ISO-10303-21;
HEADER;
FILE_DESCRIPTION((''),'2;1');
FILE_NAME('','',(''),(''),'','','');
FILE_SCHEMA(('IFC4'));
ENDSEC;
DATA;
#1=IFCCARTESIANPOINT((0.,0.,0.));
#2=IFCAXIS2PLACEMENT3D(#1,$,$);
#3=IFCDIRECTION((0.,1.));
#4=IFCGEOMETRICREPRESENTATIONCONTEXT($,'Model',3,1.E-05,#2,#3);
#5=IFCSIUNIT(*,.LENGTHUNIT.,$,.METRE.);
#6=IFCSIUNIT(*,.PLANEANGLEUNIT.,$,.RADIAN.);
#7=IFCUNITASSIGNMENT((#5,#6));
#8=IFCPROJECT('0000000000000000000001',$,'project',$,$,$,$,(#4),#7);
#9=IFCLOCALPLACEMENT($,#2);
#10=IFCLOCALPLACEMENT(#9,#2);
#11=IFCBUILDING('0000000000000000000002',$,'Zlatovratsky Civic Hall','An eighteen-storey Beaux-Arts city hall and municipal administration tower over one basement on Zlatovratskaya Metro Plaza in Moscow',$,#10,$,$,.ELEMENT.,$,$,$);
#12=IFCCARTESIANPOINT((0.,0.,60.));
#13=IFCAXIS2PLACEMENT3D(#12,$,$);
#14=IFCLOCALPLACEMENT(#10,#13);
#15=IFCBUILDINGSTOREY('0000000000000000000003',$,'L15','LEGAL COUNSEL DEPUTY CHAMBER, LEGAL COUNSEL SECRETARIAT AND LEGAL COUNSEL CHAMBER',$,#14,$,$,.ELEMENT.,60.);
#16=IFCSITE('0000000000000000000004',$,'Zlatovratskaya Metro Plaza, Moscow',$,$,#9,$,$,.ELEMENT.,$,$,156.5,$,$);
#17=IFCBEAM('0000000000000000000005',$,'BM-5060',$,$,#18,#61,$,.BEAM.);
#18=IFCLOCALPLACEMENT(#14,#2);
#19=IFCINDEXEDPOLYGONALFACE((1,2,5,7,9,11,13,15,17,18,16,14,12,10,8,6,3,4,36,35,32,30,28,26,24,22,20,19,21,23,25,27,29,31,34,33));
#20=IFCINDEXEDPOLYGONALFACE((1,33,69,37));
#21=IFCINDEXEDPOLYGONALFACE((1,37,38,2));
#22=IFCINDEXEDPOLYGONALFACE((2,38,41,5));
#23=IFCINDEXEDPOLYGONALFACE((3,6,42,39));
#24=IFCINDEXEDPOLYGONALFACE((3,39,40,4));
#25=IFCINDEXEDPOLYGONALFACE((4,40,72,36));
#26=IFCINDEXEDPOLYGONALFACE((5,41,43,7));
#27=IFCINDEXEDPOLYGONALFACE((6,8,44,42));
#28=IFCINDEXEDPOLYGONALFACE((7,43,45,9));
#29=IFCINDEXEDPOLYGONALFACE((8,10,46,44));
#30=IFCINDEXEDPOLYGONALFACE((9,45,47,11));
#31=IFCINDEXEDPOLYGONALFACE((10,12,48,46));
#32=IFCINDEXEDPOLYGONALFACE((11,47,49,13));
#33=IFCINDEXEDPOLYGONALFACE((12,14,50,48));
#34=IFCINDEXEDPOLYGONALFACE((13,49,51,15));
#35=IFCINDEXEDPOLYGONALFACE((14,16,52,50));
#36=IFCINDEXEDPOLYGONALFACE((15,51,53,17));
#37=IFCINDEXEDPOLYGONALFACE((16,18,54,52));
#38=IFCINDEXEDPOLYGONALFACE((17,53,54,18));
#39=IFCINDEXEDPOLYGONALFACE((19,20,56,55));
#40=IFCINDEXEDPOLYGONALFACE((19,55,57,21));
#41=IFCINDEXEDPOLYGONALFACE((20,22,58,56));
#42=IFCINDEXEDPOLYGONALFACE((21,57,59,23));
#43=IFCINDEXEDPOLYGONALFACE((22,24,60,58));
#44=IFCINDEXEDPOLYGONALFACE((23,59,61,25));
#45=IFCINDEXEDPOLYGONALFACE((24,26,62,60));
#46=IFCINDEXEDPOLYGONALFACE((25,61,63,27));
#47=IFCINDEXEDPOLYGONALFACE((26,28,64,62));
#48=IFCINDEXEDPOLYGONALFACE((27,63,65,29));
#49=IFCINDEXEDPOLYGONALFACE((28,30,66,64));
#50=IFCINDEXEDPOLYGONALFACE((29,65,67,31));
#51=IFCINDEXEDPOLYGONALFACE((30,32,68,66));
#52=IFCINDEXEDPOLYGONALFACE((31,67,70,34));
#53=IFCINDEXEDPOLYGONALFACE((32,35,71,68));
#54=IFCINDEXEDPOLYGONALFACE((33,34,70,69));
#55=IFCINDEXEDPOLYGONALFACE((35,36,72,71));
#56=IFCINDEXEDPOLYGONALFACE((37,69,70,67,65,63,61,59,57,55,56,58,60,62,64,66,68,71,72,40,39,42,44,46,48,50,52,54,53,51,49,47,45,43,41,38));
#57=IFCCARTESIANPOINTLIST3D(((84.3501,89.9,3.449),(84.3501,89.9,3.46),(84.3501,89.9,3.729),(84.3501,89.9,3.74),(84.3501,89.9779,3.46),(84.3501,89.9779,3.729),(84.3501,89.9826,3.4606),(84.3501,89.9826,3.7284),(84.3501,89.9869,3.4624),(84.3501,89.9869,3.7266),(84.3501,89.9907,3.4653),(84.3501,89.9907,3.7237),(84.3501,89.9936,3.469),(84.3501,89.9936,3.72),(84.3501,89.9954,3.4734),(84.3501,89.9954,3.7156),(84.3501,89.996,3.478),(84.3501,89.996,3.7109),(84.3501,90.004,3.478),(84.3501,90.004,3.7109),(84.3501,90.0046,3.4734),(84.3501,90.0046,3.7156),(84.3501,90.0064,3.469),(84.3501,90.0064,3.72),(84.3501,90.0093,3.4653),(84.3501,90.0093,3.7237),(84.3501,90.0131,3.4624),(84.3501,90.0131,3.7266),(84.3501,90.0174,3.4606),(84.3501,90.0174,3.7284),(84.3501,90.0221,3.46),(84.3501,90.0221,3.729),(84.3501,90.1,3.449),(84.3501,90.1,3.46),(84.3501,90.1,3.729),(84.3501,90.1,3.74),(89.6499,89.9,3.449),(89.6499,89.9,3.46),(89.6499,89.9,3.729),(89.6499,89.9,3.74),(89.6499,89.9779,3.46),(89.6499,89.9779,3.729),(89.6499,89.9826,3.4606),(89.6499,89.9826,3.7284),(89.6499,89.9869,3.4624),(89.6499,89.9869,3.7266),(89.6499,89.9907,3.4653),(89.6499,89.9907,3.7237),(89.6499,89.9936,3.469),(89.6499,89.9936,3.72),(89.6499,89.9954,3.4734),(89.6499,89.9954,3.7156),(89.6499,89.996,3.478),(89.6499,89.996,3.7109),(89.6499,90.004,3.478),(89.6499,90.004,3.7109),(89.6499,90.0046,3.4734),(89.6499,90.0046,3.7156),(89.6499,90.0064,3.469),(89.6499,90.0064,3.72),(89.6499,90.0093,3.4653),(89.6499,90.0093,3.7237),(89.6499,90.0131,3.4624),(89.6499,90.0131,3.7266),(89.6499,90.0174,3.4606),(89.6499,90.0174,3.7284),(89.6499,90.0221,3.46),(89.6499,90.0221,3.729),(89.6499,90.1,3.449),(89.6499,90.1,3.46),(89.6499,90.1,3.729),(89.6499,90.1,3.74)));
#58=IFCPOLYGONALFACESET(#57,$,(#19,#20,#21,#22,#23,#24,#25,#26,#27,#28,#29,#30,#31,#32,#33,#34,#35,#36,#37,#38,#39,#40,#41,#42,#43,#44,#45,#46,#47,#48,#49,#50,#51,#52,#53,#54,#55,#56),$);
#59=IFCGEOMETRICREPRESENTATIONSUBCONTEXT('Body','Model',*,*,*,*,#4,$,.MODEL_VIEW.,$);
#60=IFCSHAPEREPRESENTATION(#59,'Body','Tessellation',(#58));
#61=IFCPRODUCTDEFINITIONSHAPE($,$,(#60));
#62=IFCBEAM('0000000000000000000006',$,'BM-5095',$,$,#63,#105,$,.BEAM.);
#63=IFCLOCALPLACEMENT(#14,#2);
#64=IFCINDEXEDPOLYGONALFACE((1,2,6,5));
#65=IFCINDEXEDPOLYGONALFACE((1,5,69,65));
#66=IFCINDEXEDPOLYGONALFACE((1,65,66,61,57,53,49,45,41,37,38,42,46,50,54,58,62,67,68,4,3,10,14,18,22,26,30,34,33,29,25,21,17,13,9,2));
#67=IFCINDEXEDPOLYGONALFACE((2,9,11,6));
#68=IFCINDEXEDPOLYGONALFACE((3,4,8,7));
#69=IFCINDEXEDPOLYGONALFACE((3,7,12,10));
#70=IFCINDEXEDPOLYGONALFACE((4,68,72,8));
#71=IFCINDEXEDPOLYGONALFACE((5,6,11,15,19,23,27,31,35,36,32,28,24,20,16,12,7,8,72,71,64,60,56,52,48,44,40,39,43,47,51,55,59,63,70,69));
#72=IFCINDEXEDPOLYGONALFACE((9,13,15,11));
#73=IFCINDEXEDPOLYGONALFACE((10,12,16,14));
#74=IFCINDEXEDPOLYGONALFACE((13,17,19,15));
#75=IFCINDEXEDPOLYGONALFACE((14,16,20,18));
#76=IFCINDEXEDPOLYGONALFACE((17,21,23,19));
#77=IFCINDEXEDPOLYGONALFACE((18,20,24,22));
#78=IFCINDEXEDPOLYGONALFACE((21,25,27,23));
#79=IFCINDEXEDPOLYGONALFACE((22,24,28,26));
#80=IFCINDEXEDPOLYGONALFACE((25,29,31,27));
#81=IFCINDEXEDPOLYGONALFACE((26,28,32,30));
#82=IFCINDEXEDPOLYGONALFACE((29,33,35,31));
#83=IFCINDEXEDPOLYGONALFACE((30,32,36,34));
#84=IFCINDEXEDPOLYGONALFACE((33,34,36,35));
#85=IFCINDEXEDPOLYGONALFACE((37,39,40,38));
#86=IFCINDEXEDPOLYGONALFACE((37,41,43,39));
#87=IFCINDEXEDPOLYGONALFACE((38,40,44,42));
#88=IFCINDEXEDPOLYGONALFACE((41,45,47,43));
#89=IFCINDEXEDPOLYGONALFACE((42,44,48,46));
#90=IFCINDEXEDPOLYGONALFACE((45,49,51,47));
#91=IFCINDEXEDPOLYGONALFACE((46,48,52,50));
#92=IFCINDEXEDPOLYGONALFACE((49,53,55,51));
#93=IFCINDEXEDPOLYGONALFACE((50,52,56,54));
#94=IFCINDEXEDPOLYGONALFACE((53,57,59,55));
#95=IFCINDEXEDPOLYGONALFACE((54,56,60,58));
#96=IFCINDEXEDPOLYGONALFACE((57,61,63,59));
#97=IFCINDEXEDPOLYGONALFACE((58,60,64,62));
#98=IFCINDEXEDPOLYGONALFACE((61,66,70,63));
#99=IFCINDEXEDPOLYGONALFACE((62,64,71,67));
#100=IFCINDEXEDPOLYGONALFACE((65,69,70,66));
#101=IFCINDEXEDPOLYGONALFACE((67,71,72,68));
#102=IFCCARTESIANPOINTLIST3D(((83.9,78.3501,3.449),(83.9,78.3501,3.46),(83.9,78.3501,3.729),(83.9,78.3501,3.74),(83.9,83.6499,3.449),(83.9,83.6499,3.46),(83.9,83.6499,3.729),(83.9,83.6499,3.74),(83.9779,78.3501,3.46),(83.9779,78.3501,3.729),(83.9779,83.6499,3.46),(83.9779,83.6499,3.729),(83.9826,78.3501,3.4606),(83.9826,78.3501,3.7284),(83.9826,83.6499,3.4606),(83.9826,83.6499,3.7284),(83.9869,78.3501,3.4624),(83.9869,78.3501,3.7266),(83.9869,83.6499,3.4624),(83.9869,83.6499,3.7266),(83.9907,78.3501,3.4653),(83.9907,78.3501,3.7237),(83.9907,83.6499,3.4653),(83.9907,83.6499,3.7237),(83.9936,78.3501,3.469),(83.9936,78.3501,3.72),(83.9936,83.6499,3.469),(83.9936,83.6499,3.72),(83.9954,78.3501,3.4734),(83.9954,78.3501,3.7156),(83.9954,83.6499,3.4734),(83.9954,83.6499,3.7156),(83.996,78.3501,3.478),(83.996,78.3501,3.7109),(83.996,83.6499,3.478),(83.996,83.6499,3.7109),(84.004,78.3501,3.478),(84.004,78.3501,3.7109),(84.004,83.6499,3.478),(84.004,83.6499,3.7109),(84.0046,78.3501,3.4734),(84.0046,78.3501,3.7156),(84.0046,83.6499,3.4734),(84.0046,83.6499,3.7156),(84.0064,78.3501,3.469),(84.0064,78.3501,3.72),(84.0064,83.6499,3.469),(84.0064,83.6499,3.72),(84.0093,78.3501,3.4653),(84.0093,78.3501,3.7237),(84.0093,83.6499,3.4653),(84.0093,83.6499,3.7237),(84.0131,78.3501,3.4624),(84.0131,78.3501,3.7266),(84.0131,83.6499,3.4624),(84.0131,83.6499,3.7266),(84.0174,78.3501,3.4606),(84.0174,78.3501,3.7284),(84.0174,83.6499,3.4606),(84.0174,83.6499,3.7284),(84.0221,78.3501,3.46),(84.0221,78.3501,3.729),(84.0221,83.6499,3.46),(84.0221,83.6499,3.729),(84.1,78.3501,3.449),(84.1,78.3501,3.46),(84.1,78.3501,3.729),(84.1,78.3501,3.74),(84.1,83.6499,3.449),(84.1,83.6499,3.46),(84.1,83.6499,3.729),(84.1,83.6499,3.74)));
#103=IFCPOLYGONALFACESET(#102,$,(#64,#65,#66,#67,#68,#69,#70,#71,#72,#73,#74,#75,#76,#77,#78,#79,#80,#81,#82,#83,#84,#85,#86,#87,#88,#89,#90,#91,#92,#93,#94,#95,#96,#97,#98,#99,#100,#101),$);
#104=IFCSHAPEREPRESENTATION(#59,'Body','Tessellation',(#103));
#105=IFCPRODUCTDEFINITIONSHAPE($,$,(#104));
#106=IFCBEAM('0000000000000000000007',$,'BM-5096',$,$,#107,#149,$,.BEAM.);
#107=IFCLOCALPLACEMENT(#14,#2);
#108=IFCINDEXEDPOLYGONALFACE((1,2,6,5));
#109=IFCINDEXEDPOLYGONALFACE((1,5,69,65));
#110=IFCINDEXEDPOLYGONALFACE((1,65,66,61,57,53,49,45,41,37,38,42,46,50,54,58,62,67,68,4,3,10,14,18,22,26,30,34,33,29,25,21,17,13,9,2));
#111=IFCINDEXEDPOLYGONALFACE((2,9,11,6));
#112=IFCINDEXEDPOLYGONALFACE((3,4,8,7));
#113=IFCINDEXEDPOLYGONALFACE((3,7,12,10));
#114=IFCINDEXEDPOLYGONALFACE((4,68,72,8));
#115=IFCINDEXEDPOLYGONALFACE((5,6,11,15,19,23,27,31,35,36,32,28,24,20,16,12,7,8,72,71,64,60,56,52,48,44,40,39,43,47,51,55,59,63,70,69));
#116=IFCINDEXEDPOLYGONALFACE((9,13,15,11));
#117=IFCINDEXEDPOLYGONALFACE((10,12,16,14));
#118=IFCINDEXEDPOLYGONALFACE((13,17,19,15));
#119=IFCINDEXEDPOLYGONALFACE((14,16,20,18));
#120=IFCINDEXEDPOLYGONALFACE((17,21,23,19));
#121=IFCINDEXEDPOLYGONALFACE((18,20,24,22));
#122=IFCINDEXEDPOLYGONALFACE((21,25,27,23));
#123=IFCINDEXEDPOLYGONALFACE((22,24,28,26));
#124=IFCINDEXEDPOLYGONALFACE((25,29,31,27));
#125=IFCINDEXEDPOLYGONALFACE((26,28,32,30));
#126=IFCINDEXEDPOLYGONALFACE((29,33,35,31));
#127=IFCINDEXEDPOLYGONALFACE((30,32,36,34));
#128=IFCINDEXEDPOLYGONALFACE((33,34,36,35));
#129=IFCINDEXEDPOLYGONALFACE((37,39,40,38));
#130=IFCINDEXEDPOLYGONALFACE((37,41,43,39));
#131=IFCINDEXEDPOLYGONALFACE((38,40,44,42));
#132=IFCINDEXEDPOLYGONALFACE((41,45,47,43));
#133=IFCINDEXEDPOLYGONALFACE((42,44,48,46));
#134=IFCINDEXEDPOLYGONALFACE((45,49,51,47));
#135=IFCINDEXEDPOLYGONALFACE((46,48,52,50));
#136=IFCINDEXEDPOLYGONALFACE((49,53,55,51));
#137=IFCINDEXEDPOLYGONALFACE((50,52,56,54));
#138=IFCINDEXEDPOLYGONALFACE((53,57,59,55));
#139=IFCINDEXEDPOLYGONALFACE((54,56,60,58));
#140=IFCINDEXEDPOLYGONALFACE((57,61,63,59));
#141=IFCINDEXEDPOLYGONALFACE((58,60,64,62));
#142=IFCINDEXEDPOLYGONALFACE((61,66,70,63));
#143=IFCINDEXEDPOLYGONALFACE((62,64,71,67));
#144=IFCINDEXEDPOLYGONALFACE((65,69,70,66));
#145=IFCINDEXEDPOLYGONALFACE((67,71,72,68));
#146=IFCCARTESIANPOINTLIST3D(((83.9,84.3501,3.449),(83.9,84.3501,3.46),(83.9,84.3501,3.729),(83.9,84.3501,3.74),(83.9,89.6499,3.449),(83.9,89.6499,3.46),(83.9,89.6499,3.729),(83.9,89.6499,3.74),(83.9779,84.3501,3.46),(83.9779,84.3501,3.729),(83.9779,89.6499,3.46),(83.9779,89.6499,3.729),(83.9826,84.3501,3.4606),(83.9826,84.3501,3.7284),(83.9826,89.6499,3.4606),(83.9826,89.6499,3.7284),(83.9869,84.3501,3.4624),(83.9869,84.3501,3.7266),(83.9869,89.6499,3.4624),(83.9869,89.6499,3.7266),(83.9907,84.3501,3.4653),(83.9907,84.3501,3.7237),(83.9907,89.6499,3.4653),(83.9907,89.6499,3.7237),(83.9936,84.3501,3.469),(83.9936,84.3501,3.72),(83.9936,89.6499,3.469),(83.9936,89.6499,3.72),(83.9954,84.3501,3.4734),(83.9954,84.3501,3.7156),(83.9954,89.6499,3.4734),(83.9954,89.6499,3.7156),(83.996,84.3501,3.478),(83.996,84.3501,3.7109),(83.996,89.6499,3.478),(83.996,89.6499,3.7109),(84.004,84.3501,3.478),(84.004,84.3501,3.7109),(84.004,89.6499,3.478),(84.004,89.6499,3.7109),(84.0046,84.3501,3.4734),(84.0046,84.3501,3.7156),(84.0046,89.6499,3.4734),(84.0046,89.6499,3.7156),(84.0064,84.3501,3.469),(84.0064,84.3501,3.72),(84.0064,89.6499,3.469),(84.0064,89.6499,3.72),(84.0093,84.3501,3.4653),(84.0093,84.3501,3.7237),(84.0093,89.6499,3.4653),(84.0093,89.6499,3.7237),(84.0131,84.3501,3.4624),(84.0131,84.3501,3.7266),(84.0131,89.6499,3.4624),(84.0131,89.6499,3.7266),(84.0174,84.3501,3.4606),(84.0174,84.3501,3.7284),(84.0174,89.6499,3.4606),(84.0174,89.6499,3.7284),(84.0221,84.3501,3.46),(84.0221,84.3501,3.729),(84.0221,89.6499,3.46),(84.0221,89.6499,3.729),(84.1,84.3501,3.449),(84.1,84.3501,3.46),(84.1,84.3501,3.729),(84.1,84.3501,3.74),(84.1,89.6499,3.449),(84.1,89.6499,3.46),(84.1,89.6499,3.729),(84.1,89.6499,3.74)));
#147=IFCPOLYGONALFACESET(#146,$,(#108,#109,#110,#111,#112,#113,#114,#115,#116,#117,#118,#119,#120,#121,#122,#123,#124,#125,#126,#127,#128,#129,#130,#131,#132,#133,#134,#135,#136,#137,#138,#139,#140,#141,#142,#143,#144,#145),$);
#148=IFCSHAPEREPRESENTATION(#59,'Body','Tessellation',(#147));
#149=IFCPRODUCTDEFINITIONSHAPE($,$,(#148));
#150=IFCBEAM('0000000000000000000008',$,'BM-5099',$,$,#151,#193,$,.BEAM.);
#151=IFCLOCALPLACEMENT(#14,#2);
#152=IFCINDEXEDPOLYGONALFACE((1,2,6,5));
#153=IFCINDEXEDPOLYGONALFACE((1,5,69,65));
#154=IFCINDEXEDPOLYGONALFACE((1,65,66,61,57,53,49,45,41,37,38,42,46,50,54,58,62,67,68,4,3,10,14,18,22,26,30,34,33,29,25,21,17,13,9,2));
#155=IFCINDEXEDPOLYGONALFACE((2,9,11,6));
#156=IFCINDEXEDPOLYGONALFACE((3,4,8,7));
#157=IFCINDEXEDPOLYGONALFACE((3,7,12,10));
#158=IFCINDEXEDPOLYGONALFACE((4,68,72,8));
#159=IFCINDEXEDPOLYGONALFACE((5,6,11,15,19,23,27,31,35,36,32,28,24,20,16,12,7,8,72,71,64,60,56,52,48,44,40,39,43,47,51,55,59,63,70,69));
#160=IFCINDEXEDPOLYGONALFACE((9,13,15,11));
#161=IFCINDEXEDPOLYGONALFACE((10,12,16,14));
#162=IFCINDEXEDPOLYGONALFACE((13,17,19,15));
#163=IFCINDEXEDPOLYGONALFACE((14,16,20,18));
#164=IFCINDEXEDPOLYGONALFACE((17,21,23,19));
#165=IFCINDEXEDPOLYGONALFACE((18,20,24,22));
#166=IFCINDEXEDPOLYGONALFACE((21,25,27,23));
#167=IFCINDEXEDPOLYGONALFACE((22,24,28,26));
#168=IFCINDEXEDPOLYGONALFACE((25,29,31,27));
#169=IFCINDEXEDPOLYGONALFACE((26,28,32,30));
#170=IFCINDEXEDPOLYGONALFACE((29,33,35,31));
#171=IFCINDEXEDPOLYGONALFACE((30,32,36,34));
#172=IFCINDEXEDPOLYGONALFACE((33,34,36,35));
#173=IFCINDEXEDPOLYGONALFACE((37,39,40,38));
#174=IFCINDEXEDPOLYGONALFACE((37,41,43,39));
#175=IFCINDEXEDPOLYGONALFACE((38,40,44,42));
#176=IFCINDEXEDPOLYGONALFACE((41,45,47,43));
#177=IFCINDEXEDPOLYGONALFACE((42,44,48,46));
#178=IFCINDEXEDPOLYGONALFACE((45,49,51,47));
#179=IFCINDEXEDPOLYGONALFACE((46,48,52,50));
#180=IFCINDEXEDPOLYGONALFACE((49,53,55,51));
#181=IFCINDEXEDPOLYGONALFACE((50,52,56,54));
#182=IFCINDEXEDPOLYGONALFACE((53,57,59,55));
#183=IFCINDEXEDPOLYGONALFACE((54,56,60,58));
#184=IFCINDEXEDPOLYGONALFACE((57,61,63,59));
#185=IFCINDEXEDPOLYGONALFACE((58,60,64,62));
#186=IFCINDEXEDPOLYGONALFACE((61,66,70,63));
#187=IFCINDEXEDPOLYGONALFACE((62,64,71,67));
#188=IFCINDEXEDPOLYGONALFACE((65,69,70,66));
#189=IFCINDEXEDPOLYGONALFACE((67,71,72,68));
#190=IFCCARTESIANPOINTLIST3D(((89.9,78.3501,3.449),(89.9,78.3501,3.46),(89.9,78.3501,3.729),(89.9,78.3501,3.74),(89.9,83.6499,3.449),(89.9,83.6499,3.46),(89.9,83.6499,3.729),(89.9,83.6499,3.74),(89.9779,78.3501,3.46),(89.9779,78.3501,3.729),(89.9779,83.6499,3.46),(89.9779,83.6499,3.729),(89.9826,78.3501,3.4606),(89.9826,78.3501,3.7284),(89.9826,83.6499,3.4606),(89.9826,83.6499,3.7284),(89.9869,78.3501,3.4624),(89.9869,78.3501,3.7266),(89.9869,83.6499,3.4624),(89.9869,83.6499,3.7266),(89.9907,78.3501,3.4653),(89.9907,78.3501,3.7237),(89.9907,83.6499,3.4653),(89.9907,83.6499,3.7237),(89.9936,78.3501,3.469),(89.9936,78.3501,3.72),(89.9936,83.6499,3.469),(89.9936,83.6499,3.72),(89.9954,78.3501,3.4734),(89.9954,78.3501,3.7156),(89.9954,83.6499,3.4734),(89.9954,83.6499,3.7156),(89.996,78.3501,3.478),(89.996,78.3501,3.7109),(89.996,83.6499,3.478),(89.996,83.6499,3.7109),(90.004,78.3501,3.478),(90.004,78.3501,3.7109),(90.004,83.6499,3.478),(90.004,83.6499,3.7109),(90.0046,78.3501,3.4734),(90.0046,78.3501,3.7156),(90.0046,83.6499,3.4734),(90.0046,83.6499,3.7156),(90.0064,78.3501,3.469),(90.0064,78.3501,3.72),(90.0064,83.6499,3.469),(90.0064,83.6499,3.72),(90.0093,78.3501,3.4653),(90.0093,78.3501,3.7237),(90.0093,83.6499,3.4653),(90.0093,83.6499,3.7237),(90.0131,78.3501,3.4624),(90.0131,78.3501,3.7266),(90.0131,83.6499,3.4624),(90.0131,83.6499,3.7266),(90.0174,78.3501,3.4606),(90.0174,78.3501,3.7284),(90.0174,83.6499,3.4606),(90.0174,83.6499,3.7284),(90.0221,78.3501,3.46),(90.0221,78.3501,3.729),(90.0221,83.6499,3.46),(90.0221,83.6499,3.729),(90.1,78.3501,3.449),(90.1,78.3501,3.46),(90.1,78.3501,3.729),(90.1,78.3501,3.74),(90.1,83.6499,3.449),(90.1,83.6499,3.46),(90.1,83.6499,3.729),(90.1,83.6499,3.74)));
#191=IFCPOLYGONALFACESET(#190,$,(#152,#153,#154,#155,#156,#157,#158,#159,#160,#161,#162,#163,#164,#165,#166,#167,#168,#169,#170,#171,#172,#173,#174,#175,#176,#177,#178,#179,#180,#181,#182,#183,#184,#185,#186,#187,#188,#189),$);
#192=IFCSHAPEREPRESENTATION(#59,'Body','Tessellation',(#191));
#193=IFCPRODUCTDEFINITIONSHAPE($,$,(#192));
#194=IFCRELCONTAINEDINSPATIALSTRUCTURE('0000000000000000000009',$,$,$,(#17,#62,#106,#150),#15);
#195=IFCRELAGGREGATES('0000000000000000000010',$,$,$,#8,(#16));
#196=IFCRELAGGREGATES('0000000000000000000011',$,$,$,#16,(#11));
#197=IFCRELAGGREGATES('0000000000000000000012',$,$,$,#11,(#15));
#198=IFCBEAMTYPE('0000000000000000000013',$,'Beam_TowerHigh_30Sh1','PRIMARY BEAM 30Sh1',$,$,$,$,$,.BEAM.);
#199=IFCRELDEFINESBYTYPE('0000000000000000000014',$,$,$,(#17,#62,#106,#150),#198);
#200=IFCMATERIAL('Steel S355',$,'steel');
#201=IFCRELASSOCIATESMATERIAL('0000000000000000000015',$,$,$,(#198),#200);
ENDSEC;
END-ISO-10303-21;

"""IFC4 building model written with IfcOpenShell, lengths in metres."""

from ifc_helpers import new_model, si_unit, direction, frame, origin, origin_2d, place, context, subcontext, project, spatial, i_section, extrude, material, material_profile, profile_set, type_object, element, save


model = new_model("IFC4")

# Units and contexts
model_context = context("Model", 3, precision=1e-05, world=origin(), true_north=direction((0.0, 1.0)))
body_context = subcontext(model_context, "Body", "Model", "MODEL_VIEW")
ifc_project = project(units=[si_unit("LENGTHUNIT", "METRE"), si_unit("PLANEANGLEUNIT", "RADIAN")], contexts=[model_context])

# Site, building, storey
site_placement = place(None, origin())
site = spatial("IfcSite", under=ifc_project, at=site_placement, Name="Zlatovratskaya Metro Plaza, Moscow", CompositionType="ELEMENT", RefElevation=156.5)
building_placement = place(site_placement, origin())
building = spatial("IfcBuilding", under=site, at=building_placement, Name="Zlatovratsky Civic Hall", Description="An eighteen-storey Beaux-Arts city hall and municipal administration tower over one basement on Zlatovratskaya Metro Plaza in Moscow", CompositionType="ELEMENT")
storey_placement = place(building_placement, frame((0.0, 0.0, 60.0)))
storey = spatial("IfcBuildingStorey", under=building, at=storey_placement, Name="L15", Description="LEGAL COUNSEL DEPUTY CHAMBER, LEGAL COUNSEL SECRETARIAT AND LEGAL COUNSEL CHAMBER", CompositionType="ELEMENT", Elevation=60.0)

# Beams
ifc_material_1 = material(Name="Steel S355", Category="steel")
ifc_material_profile_1 = material_profile(ifc_material_1, i_section(OverallWidth=0.2, OverallDepth=0.291, WebThickness=0.0081, FlangeThickness=0.011, FilletRadius=0.0181, at=origin_2d()), Name="30Sh1")
ifc_profile_set_1 = profile_set([ifc_material_profile_1], Name="Steel S355")
beam_type_1 = type_object("IfcBeamType", Name="Beam_TowerHigh_30Sh1", Description="PRIMARY BEAM 30Sh1", PredefinedType="BEAM", material=ifc_profile_set_1)
for number, where, z_axis, x_axis, name in (
    (1, (84.3501, 90.0, 3.5945), (1.0, 0.0, 0.0), (0.0, 1.0, 0.0), "BM-5060"),
    (2, (84.0, 78.3501, 3.5945), (0.0, 1.0, 0.0), (-1.0, 0.0, 0.0), "BM-5095"),
    (3, (84.0, 84.3501, 3.5945), (0.0, 1.0, 0.0), (-1.0, 0.0, 0.0), "BM-5096"),
    (4, (90.0, 78.3501, 3.5945), (0.0, 1.0, 0.0), (-1.0, 0.0, 0.0), "BM-5099"),
):
    element("IfcBeam", number, at=place(storey_placement, frame(where, z_axis=z_axis, x_axis=x_axis)), inside=storey, type_object=beam_type_1, Name=name, PredefinedType="BEAM", context=body_context, shape_type="SweptSolid", body=[
        extrude(i_section(OverallWidth=0.2, OverallDepth=0.291, WebThickness=0.0081, FlangeThickness=0.011, FilletRadius=0.0181, at=origin_2d()), origin(), (0.0, 0.0, 1.0), 5.2998),
    ])

save(model, "model.ifc")
